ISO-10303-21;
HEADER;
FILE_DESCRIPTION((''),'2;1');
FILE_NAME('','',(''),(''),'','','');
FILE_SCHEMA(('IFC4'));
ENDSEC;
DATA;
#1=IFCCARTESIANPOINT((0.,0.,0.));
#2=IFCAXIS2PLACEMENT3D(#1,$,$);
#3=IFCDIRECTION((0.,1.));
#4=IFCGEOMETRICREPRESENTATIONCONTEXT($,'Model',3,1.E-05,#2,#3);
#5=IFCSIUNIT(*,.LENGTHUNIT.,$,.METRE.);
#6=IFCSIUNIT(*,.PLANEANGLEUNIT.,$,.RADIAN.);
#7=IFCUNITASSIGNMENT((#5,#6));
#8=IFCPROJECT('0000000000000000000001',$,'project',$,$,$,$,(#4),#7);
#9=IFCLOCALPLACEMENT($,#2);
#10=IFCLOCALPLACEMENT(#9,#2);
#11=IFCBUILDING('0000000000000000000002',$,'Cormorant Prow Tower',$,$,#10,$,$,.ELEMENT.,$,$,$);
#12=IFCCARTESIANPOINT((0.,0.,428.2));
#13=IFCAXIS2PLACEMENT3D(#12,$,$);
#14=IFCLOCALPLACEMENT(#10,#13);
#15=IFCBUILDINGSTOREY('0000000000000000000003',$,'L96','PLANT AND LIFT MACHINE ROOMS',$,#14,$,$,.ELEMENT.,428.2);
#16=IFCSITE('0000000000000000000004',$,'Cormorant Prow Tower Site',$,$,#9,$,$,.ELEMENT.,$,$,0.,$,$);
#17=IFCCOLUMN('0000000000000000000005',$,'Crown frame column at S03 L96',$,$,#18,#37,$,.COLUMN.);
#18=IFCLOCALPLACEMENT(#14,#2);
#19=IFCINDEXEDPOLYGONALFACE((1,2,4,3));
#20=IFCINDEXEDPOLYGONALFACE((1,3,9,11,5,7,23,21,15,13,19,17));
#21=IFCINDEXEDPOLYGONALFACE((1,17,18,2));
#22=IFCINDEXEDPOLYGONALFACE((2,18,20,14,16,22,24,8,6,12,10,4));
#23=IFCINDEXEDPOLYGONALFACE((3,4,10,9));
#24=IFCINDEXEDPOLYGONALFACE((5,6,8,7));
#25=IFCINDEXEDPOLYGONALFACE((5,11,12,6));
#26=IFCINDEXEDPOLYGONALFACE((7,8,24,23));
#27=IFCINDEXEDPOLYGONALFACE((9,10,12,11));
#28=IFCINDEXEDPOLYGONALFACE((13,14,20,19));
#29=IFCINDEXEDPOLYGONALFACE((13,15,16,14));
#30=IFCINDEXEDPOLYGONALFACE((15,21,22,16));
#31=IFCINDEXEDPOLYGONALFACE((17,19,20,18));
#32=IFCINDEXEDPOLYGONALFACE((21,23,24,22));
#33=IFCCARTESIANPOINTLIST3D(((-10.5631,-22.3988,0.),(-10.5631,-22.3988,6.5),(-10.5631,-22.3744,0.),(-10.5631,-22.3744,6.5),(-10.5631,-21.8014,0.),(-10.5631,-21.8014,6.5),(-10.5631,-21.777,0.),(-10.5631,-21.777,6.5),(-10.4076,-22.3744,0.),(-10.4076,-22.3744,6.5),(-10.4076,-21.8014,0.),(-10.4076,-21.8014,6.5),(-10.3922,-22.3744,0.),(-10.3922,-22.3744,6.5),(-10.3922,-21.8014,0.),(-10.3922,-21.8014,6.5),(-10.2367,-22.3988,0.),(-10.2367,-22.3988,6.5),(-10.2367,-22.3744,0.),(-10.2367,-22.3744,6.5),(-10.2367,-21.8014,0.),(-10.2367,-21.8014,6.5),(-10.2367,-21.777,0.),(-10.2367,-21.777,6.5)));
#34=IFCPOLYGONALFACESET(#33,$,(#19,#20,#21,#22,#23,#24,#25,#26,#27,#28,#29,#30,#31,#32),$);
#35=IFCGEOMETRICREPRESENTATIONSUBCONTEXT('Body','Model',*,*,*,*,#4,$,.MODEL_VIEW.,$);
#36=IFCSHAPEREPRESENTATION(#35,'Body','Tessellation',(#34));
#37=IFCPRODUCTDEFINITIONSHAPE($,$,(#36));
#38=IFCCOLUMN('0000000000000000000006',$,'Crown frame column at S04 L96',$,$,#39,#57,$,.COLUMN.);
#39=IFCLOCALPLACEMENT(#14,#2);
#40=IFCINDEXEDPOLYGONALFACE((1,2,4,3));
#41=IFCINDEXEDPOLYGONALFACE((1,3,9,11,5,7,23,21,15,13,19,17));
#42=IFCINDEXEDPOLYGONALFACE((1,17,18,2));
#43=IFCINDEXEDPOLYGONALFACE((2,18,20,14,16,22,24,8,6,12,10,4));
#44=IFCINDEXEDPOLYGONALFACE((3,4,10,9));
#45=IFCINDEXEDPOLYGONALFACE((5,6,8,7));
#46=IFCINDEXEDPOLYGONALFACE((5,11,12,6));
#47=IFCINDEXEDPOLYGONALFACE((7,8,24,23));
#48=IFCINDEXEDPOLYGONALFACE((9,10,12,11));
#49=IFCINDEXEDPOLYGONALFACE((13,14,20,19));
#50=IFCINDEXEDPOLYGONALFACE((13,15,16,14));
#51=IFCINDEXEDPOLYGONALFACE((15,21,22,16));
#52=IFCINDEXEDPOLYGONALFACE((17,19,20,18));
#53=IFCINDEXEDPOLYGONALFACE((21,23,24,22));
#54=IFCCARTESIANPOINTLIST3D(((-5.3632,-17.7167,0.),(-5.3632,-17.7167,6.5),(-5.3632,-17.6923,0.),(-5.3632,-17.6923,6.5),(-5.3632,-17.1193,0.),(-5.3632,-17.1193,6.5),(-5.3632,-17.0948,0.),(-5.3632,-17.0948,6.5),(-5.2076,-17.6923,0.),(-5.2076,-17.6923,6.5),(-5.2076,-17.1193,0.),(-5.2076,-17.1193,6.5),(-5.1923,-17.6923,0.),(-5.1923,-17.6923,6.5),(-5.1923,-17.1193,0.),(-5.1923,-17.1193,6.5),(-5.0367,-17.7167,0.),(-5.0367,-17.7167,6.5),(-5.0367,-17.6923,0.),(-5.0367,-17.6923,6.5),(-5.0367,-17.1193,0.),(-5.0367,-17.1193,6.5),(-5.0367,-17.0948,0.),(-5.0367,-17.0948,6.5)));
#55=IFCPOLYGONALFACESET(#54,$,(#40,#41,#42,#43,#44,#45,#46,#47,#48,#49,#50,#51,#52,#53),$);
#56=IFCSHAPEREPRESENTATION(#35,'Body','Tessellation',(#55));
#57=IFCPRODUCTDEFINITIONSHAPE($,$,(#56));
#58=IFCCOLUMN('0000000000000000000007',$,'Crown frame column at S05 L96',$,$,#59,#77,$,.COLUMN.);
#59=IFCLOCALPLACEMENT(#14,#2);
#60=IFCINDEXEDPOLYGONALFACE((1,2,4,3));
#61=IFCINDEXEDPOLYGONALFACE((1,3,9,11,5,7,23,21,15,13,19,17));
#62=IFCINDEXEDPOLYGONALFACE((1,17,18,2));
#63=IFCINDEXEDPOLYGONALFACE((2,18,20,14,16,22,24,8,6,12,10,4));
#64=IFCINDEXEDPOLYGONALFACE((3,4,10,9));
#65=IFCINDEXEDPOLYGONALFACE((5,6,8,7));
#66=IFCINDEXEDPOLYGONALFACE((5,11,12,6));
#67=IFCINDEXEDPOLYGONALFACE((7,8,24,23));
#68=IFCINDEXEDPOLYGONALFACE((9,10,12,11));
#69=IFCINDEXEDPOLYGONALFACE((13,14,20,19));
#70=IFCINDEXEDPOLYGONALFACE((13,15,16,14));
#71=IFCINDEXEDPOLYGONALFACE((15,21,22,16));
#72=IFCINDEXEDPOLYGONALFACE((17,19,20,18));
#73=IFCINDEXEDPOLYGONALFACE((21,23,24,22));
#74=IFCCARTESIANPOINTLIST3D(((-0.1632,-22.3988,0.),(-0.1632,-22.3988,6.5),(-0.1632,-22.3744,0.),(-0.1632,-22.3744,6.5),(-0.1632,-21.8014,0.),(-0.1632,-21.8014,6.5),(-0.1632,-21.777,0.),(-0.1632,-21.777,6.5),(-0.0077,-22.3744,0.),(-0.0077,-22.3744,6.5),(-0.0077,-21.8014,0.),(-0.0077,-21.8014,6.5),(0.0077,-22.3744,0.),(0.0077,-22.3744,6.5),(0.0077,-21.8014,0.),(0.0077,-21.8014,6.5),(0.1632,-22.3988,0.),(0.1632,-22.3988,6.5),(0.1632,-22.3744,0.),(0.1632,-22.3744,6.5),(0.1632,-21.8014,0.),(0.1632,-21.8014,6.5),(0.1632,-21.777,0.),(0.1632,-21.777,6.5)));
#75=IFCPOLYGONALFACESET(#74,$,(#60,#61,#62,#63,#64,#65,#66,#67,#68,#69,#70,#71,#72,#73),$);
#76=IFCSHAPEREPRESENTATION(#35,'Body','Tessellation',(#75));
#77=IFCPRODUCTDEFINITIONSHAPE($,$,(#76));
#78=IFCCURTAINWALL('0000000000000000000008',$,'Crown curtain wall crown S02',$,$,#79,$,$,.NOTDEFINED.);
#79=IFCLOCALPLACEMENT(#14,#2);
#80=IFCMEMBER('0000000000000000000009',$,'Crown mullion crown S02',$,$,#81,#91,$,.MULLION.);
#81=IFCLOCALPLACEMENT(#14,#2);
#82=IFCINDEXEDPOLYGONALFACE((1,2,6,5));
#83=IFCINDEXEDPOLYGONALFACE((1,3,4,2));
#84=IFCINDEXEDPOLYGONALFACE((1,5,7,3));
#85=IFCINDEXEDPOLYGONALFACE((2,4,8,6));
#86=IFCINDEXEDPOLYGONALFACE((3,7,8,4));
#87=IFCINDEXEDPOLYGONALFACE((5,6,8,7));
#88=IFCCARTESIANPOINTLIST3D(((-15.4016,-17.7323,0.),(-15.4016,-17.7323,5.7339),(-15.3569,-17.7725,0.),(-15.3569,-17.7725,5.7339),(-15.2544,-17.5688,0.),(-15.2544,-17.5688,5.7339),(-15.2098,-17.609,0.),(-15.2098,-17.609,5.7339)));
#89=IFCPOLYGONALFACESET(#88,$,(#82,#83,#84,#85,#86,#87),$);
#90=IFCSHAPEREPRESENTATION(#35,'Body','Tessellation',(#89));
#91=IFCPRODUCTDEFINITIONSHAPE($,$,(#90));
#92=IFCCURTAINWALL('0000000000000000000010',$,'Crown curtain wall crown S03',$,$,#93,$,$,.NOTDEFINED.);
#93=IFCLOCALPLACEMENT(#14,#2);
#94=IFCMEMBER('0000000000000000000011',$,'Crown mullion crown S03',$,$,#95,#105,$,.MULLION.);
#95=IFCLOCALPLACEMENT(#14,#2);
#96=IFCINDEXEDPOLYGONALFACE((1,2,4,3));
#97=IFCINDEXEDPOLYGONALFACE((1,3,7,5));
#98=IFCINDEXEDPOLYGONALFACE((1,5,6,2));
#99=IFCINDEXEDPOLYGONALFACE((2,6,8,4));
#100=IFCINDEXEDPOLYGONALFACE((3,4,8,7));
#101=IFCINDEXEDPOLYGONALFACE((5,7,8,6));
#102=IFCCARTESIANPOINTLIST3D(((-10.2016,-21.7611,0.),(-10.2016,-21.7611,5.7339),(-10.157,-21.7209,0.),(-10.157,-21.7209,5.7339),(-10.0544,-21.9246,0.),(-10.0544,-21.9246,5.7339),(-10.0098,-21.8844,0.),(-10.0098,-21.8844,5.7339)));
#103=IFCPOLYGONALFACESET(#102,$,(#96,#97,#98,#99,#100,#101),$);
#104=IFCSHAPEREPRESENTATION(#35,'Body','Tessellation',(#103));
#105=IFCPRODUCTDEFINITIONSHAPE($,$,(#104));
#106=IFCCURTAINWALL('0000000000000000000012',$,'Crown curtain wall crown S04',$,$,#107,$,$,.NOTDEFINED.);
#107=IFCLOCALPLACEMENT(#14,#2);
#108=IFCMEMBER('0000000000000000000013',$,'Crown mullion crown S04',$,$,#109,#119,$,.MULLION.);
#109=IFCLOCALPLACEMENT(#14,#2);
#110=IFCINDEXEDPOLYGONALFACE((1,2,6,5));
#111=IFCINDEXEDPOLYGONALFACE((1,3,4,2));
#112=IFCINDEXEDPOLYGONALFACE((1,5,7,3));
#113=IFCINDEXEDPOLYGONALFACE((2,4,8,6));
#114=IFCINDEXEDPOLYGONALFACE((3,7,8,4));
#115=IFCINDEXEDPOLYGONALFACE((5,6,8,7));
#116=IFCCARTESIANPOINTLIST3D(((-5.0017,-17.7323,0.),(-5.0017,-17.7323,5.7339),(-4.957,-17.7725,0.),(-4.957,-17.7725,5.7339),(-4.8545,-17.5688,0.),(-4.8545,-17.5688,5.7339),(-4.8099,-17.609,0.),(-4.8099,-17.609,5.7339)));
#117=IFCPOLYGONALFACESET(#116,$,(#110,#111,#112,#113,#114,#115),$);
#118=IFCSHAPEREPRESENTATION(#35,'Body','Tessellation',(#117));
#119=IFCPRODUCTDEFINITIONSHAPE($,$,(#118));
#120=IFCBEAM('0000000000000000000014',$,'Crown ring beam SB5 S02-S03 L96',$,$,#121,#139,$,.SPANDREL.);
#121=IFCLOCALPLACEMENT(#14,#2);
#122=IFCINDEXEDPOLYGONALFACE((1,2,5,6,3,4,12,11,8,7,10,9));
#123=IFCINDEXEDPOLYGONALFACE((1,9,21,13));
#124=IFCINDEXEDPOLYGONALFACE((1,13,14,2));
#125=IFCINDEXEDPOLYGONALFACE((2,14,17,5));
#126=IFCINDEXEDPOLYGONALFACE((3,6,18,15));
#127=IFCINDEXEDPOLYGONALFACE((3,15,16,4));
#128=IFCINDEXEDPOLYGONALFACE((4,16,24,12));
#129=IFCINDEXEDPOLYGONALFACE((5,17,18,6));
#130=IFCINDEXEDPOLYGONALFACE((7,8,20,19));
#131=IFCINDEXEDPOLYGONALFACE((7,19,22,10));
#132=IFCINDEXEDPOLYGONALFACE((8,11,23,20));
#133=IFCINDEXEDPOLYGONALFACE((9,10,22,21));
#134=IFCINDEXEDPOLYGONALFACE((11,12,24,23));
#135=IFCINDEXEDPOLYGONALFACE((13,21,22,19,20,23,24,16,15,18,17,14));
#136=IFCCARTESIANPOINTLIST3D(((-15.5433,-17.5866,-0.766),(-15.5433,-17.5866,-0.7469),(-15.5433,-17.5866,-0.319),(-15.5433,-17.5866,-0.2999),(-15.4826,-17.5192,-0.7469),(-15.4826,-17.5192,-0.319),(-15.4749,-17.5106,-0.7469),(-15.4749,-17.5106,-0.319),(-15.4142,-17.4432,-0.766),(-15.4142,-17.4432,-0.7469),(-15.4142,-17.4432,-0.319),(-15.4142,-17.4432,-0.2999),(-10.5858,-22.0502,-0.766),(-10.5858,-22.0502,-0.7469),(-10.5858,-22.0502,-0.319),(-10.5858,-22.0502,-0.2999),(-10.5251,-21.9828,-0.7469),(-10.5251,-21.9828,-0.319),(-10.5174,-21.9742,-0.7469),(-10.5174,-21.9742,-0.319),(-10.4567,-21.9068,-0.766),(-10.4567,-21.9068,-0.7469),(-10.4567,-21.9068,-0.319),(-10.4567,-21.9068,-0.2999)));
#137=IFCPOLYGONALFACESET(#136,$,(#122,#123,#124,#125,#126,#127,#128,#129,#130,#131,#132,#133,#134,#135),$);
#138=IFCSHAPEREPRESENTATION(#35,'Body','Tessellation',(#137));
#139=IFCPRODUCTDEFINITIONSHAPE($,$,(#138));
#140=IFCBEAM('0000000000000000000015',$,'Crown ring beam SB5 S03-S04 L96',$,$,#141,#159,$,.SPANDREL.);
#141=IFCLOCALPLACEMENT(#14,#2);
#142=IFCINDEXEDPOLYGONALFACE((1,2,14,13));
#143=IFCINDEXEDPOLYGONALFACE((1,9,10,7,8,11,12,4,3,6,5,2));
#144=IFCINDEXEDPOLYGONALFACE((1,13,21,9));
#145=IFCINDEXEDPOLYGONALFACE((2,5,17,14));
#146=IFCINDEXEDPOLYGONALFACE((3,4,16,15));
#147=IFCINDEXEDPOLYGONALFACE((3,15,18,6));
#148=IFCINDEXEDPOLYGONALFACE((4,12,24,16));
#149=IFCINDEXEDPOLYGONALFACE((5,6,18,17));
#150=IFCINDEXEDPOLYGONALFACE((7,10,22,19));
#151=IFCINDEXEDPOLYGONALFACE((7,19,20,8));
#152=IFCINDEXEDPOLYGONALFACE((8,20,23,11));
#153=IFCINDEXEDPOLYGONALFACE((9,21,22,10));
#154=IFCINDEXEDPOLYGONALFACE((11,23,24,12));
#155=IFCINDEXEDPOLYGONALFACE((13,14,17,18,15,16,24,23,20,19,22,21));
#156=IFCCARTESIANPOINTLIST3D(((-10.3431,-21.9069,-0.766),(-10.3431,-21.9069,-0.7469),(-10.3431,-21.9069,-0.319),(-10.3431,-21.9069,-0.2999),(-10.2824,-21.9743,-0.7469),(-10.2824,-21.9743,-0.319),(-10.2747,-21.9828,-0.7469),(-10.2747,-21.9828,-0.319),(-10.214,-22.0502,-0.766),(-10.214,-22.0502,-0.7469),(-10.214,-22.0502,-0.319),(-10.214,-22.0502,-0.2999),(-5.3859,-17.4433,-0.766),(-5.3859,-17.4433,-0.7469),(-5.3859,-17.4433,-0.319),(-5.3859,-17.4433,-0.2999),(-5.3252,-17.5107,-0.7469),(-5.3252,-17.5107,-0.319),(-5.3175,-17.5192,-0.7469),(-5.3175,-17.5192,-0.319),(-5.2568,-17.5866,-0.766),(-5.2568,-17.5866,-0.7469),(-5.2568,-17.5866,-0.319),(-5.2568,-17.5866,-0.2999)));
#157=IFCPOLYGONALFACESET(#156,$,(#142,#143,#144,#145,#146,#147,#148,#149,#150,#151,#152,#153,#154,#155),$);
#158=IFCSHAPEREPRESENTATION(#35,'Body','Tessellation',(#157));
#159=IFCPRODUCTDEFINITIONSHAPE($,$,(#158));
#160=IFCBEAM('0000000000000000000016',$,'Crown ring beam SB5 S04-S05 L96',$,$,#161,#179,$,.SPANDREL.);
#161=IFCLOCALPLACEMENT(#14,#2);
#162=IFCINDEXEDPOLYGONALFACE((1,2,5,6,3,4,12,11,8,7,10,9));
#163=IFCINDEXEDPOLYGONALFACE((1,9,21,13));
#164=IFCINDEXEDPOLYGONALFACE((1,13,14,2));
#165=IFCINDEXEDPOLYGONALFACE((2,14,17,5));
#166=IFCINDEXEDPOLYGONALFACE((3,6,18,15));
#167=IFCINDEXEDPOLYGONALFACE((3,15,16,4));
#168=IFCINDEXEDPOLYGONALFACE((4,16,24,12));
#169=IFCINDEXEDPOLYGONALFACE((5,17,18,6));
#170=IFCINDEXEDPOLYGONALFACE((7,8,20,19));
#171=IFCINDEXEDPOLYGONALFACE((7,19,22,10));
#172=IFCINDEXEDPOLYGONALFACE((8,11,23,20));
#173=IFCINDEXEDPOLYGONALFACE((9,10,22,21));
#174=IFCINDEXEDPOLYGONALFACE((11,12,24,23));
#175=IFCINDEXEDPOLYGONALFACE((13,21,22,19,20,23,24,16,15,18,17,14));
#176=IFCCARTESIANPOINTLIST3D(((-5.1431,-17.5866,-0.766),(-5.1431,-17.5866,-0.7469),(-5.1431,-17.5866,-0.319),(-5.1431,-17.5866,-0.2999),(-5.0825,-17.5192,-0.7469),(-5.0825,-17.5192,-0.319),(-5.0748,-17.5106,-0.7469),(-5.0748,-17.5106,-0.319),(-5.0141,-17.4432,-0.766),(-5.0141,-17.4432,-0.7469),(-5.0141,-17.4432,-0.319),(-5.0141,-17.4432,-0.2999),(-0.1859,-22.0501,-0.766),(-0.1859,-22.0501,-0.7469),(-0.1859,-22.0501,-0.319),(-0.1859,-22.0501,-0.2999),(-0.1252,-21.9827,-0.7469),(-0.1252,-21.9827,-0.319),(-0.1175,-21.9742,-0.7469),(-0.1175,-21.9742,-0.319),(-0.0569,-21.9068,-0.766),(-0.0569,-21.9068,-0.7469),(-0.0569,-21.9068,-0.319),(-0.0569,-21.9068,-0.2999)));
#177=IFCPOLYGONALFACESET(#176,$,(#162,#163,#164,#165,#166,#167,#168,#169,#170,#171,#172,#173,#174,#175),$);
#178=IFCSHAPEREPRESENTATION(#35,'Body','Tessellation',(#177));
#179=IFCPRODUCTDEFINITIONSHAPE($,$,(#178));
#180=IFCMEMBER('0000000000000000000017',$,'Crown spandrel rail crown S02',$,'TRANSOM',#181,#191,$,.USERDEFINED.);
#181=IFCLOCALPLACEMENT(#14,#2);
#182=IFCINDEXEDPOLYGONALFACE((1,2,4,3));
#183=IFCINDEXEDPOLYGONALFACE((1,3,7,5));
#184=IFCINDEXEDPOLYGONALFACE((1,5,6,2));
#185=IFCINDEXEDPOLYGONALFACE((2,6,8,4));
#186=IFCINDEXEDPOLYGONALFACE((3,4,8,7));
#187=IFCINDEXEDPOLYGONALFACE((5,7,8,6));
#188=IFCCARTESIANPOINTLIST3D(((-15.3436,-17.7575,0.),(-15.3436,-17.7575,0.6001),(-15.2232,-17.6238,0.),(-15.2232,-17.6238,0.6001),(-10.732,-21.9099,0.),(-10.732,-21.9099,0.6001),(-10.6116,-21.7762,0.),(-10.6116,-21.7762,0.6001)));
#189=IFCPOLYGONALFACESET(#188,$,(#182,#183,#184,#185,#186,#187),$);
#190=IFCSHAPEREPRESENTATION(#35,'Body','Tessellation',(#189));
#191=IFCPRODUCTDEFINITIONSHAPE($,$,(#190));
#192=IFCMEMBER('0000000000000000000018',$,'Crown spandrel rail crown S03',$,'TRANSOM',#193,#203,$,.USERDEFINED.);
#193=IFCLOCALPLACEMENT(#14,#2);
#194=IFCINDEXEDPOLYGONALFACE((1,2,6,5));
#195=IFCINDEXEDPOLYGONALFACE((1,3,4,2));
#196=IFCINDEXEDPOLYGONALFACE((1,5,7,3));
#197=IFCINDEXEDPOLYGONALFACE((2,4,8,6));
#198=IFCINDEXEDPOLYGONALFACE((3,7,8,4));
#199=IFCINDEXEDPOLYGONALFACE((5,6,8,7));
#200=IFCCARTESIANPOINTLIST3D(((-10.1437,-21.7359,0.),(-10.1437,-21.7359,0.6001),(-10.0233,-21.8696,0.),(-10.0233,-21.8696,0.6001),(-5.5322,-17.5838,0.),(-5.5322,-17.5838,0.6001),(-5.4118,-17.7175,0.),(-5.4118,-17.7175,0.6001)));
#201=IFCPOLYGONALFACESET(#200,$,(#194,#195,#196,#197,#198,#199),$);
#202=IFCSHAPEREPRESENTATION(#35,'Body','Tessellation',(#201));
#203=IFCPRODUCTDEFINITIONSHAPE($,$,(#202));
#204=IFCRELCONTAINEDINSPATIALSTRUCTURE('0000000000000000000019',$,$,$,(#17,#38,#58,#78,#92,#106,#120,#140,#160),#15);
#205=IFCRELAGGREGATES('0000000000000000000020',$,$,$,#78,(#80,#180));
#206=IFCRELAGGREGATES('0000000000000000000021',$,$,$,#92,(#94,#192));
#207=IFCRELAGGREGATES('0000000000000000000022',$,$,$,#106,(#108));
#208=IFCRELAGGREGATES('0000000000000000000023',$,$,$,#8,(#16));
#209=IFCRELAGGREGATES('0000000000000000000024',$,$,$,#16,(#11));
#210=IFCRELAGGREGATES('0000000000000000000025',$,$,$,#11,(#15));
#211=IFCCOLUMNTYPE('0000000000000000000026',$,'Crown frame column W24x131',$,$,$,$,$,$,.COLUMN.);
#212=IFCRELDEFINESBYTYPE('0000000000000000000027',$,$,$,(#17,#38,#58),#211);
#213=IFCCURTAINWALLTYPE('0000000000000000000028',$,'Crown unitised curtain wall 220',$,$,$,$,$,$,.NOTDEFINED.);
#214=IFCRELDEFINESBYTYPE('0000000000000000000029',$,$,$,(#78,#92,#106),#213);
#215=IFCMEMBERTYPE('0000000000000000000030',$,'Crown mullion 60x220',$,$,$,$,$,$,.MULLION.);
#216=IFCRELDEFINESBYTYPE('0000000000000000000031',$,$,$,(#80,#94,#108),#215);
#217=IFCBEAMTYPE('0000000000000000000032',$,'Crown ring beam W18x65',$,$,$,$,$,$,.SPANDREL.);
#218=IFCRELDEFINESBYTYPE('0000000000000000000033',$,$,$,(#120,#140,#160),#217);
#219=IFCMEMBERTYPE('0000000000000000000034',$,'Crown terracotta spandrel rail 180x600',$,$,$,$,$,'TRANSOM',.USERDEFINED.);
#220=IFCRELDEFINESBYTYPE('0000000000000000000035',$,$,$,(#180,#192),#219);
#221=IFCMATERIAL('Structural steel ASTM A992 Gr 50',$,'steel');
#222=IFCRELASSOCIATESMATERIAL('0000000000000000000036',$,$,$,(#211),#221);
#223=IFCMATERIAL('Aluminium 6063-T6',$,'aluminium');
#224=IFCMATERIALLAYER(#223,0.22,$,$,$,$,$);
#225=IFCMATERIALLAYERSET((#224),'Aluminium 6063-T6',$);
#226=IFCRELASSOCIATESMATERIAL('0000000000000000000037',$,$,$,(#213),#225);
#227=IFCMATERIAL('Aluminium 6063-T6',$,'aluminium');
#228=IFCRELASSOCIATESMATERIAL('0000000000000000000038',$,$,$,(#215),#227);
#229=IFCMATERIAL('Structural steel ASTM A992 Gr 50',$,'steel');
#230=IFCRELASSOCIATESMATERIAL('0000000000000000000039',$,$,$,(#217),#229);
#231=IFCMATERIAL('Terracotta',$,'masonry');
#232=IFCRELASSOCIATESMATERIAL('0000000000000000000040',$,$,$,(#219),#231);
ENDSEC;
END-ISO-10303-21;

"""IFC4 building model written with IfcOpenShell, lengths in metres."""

from ifc_helpers import new_model, si_unit, direction, frame, origin, origin_2d, place, context, subcontext, project, spatial, rectangle, i_section, extrude, material, layer, layer_set, material_profile, profile_set, type_object, element, aggregate, save


model = new_model("IFC4")

# Units and contexts
model_context = context("Model", 3, precision=1e-05, world=origin(), true_north=direction((0.0, 1.0)))
body_context = subcontext(model_context, "Body", "Model", "MODEL_VIEW")
ifc_project = project(units=[si_unit("LENGTHUNIT", "METRE"), si_unit("PLANEANGLEUNIT", "RADIAN")], contexts=[model_context])

# Site, building, storey
site_placement = place(None, origin())
site = spatial("IfcSite", under=ifc_project, at=site_placement, Name="Cormorant Prow Tower Site", CompositionType="ELEMENT", RefElevation=0.0)
building_placement = place(site_placement, origin())
building = spatial("IfcBuilding", under=site, at=building_placement, Name="Cormorant Prow Tower", CompositionType="ELEMENT")
storey_placement = place(building_placement, frame((0.0, 0.0, 428.2)))
storey = spatial("IfcBuildingStorey", under=building, at=storey_placement, Name="L96", Description="PLANT AND LIFT MACHINE ROOMS", CompositionType="ELEMENT", Elevation=428.2)

# Columns
ifc_material_1 = material(Name="Structural steel ASTM A992 Gr 50", Category="steel")
ifc_material_profile_1 = material_profile(ifc_material_1, i_section(OverallWidth=0.3264, OverallDepth=0.6218, WebThickness=0.0154, FlangeThickness=0.0244, at=origin_2d()), Name="W24x131")
ifc_profile_set_1 = profile_set([ifc_material_profile_1], Name="Structural steel ASTM A992 Gr 50")
column_type = type_object("IfcColumnType", Name="Crown frame column W24x131", PredefinedType="COLUMN", material=ifc_profile_set_1)
for number, where, z_axis, x_axis, name in (
    (1, (-10.3999, -22.0879, 0.0), (0.0, 0.0, 1.0), (1.0, 0.0, 0.0), "Crown frame column at S03 L96"),
    (2, (-5.2, -17.4058, 0.0), (0.0, 0.0, 1.0), (1.0, 0.0, 0.0), "Crown frame column at S04 L96"),
    (3, (0.0, -22.0879, 0.0), (0.0, 0.0, 1.0), (1.0, 0.0, 0.0), "Crown frame column at S05 L96"),
):
    element("IfcColumn", number, at=place(storey_placement, frame(where, z_axis=z_axis, x_axis=x_axis)), inside=storey, type_object=column_type, Name=name, PredefinedType="COLUMN", context=body_context, shape_type="SweptSolid", body=[
        extrude(i_section(OverallWidth=0.3264, OverallDepth=0.6218, WebThickness=0.0154, FlangeThickness=0.0244, at=origin_2d()), origin(), (0.0, 0.0, 1.0), 6.5),
    ])

# Curtain walls, members
ifc_material_2 = material(Name="Aluminium 6063-T6", Category="aluminium")
ifc_layer_1 = layer(ifc_material_2, 0.22)
ifc_layer_set_1 = layer_set([ifc_layer_1], Name="Aluminium 6063-T6")
curtain_wall_type = type_object("IfcCurtainWallType", Name="Crown unitised curtain wall 220", PredefinedType="NOTDEFINED", material=ifc_layer_set_1)
curtain_wall_1_placement = place(storey_placement, origin())
curtain_wall_1 = element("IfcCurtainWall", 4, at=curtain_wall_1_placement, inside=storey, type_object=curtain_wall_type, Name="Crown curtain wall crown S02", PredefinedType="NOTDEFINED")
ifc_material_3 = material(Name="Aluminium 6063-T6", Category="aluminium")
ifc_material_profile_2 = material_profile(ifc_material_3, rectangle(XDim=0.22, YDim=0.0601, at=origin_2d()), Name="Crown mullion 60x220")
ifc_profile_set_2 = profile_set([ifc_material_profile_2], Name="Aluminium 6063-T6")
member_type_1 = type_object("IfcMemberType", Name="Crown mullion 60x220", PredefinedType="MULLION", material=ifc_profile_set_2)
member_1_placement = place(storey_placement, frame((-15.3057, -17.6707, 0.0), z_axis=(0.0, 0.0, 1.0), x_axis=(0.669131, 0.743145, 0.0)))
member_1 = element("IfcMember", 5, at=member_1_placement, type_object=member_type_1, Name="Crown mullion crown S02", PredefinedType="MULLION", context=body_context, shape_type="SweptSolid", body=[
    extrude(rectangle(XDim=0.22, YDim=0.0601, at=origin_2d()), origin(), (0.0, 0.0, 1.0), 5.7339),
])
curtain_wall_2_placement = place(storey_placement, origin())
curtain_wall_2 = element("IfcCurtainWall", 6, at=curtain_wall_2_placement, inside=storey, type_object=curtain_wall_type, Name="Crown curtain wall crown S03", PredefinedType="NOTDEFINED")
member_2_placement = place(storey_placement, frame((-10.1057, -21.8228, 0.0), z_axis=(0.0, 0.0, 1.0), x_axis=(-0.669131, 0.743145, 0.0)))
member_2 = element("IfcMember", 7, at=member_2_placement, type_object=member_type_1, Name="Crown mullion crown S03", PredefinedType="MULLION", context=body_context, shape_type="SweptSolid", body=[
    extrude(rectangle(XDim=0.22, YDim=0.0601, at=origin_2d()), origin(), (0.0, 0.0, 1.0), 5.7339),
])
curtain_wall_3_placement = place(storey_placement, origin())
curtain_wall_3 = element("IfcCurtainWall", 8, at=curtain_wall_3_placement, inside=storey, type_object=curtain_wall_type, Name="Crown curtain wall crown S04", PredefinedType="NOTDEFINED")
member_3_placement = place(storey_placement, frame((-4.9058, -17.6707, 0.0), z_axis=(0.0, 0.0, 1.0), x_axis=(0.669131, 0.743145, 0.0)))
member_3 = element("IfcMember", 9, at=member_3_placement, type_object=member_type_1, Name="Crown mullion crown S04", PredefinedType="MULLION", context=body_context, shape_type="SweptSolid", body=[
    extrude(rectangle(XDim=0.22, YDim=0.0601, at=origin_2d()), origin(), (0.0, 0.0, 1.0), 5.7339),
])

# Beams
ifc_material_4 = material(Name="Structural steel ASTM A992 Gr 50", Category="steel")
ifc_material_profile_3 = material_profile(ifc_material_4, i_section(OverallWidth=0.1929, OverallDepth=0.4661, WebThickness=0.0115, FlangeThickness=0.019, at=origin_2d()), Name="W18x65")
ifc_profile_set_3 = profile_set([ifc_material_profile_3], Name="Structural steel ASTM A992 Gr 50")
beam_type = type_object("IfcBeamType", Name="Crown ring beam W18x65", PredefinedType="SPANDREL", material=ifc_profile_set_3)
beam_placement = place(storey_placement, frame((-15.4788, -17.5149, -0.533), z_axis=(0.743156, -0.669118, 0.0), x_axis=(0.669118, 0.743156, 0.0)))
element("IfcBeam", 10, at=beam_placement, inside=storey, type_object=beam_type, Name="Crown ring beam SB5 S02-S03 L96", PredefinedType="SPANDREL", context=body_context, shape_type="SweptSolid", body=[
    extrude(i_section(OverallWidth=0.1929, OverallDepth=0.4661, WebThickness=0.0115, FlangeThickness=0.019, at=origin_2d()), origin(), (0.0, 0.0, 1.0), 6.6709),
])
for number, where, z_axis, x_axis, name in (
    (11, (-10.2786, -21.9785, -0.533), (0.743139, 0.669137, 0.0), (-0.669137, 0.743139, 0.0), "Crown ring beam SB5 S03-S04 L96"),
    (12, (-5.0786, -17.5149, -0.533), (0.743139, -0.669137, 0.0), (0.669137, 0.743139, 0.0), "Crown ring beam SB5 S04-S05 L96"),
):
    element("IfcBeam", number, at=place(storey_placement, frame(where, z_axis=z_axis, x_axis=x_axis)), inside=storey, type_object=beam_type, Name=name, PredefinedType="SPANDREL", context=body_context, shape_type="SweptSolid", body=[
        extrude(i_section(OverallWidth=0.1929, OverallDepth=0.4661, WebThickness=0.0115, FlangeThickness=0.019, at=origin_2d()), origin(), (0.0, 0.0, 1.0), 6.6707),
    ])

# Members
ifc_material_5 = material(Name="Terracotta", Category="masonry")
ifc_material_profile_4 = material_profile(ifc_material_5, rectangle(XDim=0.1799, YDim=0.6001, at=origin_2d()), Name="Crown terracotta spandrel rail 180x600")
ifc_profile_set_4 = profile_set([ifc_material_profile_4], Name="Terracotta")
member_type_2 = type_object("IfcMemberType", Name="Crown terracotta spandrel rail 180x600", ElementType="TRANSOM", PredefinedType="USERDEFINED", material=ifc_profile_set_4)
member_4_placement = place(storey_placement, frame((-15.2834, -17.6907, 0.3), z_axis=(0.74314, -0.669136, 0.0), x_axis=(0.669136, 0.74314, 0.0)))
member_4 = element("IfcMember", 13, at=member_4_placement, type_object=member_type_2, Name="Crown spandrel rail crown S02", ObjectType="TRANSOM", PredefinedType="USERDEFINED", context=body_context, shape_type="SweptSolid", body=[
    extrude(rectangle(XDim=0.1799, YDim=0.6001, at=origin_2d()), origin(), (0.0, 0.0, 1.0), 6.2056),
])
member_5_placement = place(storey_placement, frame((-10.0835, -21.8027, 0.3), z_axis=(0.743159, 0.669115, 0.0), x_axis=(-0.669115, 0.743159, 0.0)))
member_5 = element("IfcMember", 14, at=member_5_placement, type_object=member_type_2, Name="Crown spandrel rail crown S03", ObjectType="TRANSOM", PredefinedType="USERDEFINED", context=body_context, shape_type="SweptSolid", body=[
    extrude(rectangle(XDim=0.1799, YDim=0.6001, at=origin_2d()), origin(), (0.0, 0.0, 1.0), 6.2053),
])

aggregate(curtain_wall_1, [member_1, member_4])
aggregate(curtain_wall_2, [member_2, member_5])
aggregate(curtain_wall_3, [member_3])

save(model, "model.ifc")
